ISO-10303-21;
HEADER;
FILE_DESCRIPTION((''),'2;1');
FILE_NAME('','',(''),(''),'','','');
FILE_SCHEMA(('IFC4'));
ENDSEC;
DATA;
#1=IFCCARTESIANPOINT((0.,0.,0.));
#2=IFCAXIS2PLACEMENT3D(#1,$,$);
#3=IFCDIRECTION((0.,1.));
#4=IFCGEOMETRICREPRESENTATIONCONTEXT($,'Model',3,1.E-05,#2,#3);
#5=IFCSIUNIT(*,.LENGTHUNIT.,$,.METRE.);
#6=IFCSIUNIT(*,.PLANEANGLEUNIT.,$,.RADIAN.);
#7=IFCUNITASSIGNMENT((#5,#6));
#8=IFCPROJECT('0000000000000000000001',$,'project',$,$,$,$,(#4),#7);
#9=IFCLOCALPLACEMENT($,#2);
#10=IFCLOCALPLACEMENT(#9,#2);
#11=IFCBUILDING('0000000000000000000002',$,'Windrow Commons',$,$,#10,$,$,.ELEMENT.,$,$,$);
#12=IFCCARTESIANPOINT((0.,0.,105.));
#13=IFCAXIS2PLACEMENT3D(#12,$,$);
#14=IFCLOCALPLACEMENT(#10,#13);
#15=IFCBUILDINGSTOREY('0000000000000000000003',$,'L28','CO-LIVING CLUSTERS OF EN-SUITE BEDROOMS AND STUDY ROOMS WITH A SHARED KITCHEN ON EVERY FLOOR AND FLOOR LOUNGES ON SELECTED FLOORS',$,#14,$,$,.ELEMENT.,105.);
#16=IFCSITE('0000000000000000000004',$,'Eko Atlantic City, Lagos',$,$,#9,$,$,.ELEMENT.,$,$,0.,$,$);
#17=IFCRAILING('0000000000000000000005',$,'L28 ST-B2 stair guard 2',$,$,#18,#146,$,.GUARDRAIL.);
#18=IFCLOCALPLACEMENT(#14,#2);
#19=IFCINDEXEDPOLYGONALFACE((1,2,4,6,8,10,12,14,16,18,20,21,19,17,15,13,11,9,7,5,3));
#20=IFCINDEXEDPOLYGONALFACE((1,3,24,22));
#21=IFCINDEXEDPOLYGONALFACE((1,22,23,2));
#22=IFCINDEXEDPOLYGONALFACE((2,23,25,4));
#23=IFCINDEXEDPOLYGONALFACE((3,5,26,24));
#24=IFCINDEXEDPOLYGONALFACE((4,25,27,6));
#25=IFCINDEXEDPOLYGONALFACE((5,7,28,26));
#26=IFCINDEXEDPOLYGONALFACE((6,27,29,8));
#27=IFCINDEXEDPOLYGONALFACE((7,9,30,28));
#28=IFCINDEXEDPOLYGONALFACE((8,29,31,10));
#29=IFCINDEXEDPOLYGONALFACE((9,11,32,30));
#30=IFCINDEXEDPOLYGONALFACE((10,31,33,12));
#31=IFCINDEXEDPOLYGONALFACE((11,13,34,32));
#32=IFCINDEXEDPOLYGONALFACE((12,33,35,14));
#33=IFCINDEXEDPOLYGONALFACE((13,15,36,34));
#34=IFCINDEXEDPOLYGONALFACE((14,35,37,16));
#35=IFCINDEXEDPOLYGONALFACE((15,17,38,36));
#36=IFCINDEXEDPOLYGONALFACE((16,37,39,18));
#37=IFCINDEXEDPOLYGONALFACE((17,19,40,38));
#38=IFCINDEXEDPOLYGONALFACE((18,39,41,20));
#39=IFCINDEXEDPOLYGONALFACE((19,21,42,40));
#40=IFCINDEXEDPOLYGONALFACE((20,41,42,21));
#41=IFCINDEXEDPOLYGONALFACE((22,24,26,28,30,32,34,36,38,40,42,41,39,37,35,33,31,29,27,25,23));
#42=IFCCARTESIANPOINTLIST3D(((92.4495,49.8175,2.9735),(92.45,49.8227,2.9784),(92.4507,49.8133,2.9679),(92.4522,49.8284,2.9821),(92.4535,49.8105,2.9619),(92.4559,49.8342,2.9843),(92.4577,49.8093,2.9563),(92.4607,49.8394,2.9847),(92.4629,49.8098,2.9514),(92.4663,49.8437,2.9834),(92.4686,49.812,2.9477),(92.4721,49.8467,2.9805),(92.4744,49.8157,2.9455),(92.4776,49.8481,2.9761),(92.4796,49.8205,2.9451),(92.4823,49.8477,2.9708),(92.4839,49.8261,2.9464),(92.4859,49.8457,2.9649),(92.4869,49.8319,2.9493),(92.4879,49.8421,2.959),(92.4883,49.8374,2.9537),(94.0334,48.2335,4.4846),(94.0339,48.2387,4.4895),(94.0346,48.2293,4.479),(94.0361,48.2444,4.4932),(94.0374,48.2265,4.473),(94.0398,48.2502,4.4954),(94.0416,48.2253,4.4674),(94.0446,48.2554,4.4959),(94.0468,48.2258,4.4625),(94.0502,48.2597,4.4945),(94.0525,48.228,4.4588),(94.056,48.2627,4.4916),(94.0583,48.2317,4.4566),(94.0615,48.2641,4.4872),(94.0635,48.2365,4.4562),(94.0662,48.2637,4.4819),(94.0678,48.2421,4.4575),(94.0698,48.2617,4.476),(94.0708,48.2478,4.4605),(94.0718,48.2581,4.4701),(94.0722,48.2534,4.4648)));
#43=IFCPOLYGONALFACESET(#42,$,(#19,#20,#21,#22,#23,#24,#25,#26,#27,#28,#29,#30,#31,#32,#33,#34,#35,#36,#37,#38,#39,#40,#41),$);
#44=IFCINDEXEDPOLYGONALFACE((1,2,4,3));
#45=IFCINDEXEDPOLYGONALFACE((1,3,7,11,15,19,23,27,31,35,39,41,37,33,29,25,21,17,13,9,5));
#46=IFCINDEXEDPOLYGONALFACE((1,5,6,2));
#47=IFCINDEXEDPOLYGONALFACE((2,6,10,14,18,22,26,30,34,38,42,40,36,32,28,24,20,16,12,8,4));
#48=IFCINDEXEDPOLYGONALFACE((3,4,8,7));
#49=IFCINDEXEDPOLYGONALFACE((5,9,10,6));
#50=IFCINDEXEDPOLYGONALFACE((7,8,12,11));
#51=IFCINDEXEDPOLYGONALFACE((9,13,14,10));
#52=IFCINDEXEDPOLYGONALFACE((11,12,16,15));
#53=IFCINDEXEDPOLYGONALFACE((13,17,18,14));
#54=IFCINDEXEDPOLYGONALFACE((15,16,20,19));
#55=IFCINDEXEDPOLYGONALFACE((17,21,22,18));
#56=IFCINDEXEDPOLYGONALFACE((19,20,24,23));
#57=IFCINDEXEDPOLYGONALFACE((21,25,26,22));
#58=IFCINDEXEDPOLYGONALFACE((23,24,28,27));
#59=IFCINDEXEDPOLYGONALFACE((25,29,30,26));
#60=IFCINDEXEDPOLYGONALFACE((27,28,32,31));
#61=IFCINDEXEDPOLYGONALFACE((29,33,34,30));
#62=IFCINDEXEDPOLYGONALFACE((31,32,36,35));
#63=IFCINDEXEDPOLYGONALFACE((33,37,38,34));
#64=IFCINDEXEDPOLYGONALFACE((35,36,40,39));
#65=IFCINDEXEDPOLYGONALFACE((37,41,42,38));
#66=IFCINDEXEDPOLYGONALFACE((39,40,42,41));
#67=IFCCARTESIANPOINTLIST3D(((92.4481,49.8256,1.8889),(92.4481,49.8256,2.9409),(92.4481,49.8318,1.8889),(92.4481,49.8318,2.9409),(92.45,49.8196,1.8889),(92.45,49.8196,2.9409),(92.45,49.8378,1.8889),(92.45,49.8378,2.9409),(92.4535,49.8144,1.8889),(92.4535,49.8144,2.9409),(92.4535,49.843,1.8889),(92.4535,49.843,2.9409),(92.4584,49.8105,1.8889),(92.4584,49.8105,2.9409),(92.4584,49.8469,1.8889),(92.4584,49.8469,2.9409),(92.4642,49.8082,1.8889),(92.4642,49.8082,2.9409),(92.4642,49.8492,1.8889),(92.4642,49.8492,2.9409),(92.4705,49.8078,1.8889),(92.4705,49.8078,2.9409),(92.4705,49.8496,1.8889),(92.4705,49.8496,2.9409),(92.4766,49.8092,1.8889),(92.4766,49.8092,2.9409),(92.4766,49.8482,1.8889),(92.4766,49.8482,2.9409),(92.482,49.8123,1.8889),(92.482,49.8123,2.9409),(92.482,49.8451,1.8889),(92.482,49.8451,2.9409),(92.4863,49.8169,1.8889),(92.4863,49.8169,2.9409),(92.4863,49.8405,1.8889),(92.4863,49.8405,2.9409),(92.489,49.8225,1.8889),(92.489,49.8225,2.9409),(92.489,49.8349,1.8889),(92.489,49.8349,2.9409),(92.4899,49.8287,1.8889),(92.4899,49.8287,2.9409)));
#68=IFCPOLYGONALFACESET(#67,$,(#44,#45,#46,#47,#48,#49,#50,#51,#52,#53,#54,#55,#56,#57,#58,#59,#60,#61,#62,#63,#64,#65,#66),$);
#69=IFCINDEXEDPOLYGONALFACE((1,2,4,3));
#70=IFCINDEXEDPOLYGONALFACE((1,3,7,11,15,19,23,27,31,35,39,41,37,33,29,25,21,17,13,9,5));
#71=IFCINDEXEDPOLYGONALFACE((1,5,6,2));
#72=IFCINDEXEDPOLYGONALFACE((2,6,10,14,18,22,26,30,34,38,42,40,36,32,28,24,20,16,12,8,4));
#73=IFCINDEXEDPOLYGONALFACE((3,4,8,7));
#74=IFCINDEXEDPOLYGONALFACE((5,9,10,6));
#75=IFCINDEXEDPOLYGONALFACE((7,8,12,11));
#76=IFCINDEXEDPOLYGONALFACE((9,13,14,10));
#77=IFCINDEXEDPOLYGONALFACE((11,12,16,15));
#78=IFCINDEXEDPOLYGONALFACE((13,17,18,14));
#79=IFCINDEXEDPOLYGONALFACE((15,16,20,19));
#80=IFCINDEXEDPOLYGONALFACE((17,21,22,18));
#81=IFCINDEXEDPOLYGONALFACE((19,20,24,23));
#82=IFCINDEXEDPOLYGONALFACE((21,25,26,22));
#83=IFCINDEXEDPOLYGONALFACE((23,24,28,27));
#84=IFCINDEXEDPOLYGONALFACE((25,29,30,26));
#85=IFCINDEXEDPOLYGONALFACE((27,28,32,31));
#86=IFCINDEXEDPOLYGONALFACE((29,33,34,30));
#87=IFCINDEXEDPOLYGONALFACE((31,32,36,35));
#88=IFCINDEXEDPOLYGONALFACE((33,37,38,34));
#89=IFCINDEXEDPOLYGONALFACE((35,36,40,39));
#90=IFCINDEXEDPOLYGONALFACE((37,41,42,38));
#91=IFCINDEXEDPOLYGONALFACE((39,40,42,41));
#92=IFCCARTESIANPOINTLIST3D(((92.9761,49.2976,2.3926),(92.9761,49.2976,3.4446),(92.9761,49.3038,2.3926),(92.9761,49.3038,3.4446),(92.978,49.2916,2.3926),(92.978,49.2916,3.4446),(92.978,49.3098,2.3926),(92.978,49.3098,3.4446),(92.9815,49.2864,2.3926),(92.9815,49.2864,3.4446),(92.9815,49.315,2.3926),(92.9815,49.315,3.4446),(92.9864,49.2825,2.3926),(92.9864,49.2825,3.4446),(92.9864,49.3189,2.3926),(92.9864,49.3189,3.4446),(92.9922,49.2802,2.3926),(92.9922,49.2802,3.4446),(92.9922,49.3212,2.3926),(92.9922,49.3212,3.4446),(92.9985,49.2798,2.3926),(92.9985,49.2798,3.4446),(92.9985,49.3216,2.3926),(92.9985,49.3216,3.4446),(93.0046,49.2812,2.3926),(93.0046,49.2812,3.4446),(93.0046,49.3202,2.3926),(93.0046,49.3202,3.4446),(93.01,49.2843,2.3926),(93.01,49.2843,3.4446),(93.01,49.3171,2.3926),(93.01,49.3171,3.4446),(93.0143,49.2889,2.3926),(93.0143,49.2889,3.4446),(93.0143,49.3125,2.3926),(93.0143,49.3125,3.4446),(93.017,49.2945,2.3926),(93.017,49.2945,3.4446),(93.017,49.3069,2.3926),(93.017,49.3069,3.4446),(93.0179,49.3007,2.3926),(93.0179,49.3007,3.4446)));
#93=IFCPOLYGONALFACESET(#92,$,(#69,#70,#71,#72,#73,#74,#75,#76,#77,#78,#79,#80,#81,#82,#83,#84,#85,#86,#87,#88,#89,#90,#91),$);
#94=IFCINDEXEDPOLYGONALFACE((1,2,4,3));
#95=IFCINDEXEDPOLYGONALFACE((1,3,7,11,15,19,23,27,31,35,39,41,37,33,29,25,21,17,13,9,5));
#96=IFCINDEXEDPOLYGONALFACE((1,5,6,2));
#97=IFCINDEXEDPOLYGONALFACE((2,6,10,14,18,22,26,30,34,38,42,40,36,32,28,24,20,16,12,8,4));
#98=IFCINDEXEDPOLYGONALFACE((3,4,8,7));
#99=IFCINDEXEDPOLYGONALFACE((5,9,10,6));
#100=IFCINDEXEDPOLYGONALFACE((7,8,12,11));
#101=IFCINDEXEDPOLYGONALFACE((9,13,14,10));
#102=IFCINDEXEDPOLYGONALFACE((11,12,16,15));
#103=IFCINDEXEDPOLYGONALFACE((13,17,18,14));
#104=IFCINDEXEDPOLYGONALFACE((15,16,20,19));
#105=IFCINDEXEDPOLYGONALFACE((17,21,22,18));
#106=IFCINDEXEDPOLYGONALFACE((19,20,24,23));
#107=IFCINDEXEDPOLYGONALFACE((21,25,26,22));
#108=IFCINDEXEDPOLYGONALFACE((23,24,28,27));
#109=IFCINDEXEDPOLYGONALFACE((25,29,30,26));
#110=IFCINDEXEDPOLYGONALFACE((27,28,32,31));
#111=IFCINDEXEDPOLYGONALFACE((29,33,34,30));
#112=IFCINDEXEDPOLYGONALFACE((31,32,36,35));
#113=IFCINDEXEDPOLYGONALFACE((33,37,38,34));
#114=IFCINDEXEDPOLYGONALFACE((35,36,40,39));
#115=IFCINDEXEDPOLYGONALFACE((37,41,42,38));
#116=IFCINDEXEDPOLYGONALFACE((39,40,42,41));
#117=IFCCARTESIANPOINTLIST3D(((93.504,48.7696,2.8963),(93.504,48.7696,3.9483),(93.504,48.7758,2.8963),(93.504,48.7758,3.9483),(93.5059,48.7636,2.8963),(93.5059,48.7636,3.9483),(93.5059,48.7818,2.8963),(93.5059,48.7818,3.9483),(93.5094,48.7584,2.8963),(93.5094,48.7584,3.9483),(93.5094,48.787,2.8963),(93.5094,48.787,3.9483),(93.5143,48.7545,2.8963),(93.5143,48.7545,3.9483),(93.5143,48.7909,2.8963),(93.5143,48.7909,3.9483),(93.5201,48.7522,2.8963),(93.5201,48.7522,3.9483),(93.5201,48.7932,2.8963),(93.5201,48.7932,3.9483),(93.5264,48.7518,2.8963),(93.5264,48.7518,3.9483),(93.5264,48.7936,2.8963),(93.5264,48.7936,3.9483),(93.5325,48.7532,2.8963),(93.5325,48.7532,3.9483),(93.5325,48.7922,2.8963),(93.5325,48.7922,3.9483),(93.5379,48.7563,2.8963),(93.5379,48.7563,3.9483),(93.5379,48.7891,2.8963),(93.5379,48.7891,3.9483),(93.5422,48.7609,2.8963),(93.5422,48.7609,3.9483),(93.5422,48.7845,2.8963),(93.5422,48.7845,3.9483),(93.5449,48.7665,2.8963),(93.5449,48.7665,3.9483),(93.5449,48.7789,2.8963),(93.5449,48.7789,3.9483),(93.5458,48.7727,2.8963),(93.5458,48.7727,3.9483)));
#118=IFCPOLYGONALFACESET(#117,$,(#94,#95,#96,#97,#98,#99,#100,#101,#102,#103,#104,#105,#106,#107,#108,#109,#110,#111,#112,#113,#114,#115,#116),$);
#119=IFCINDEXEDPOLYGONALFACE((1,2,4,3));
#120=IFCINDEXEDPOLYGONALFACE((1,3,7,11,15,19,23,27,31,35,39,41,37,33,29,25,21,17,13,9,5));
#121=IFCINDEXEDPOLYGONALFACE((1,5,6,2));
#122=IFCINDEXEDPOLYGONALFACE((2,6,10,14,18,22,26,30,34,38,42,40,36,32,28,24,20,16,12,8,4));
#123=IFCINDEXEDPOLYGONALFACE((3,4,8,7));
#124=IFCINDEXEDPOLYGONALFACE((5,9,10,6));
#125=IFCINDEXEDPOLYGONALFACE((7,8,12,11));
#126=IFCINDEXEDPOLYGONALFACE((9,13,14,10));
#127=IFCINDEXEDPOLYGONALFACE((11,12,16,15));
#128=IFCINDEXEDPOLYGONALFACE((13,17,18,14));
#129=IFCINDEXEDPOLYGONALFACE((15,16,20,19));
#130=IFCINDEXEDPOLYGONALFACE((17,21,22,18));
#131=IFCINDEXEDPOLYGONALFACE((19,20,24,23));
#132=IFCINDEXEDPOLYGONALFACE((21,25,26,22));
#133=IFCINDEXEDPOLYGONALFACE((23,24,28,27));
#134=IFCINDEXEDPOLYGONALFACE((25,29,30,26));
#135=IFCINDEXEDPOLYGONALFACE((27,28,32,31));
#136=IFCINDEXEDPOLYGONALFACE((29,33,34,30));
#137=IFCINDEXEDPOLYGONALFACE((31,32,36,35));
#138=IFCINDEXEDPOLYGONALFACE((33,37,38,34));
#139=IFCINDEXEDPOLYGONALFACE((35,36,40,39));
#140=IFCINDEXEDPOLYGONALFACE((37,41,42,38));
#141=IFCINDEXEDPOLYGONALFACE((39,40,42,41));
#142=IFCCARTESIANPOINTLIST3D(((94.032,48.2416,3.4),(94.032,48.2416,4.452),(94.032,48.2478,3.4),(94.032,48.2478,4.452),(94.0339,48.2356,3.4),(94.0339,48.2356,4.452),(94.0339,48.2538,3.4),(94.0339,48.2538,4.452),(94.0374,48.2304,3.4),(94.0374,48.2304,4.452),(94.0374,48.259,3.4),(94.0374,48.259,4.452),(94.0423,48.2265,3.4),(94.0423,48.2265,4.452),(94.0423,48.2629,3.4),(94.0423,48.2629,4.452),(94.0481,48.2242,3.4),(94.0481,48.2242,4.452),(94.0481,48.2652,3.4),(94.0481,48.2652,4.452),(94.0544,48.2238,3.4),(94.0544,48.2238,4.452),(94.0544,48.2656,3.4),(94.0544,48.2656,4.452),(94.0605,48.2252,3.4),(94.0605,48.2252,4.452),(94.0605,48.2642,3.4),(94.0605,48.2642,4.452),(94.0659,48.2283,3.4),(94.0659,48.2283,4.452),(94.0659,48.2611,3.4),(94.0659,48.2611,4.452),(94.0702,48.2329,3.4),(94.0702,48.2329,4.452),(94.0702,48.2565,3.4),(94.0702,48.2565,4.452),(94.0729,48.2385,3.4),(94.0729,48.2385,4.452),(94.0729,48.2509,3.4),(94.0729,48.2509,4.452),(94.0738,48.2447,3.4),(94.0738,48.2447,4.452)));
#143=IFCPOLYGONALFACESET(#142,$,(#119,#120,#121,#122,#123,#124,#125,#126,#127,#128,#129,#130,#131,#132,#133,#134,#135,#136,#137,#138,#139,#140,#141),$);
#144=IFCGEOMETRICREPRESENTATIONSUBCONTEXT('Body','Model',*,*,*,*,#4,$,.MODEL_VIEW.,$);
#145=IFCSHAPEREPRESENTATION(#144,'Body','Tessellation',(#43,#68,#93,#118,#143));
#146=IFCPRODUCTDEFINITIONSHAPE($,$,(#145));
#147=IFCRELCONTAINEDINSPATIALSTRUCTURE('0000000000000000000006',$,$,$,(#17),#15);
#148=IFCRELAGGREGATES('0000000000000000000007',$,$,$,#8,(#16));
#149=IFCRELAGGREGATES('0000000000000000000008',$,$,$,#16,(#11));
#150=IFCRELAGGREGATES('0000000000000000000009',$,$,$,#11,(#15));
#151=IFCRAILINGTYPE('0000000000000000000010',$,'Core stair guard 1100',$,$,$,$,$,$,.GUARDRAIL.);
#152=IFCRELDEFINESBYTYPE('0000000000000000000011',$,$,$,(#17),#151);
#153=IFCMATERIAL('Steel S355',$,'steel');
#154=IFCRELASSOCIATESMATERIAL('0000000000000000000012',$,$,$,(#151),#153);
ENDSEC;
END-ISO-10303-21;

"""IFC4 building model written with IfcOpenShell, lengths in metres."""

from ifc_helpers import new_model, si_unit, direction, frame, origin, origin_2d, place, context, subcontext, project, spatial, circle, extrude, material, type_object, element, save


model = new_model("IFC4")

# Units and contexts
model_context = context("Model", 3, precision=1e-05, world=origin(), true_north=direction((0.0, 1.0)))
body_context = subcontext(model_context, "Body", "Model", "MODEL_VIEW")
ifc_project = project(units=[si_unit("LENGTHUNIT", "METRE"), si_unit("PLANEANGLEUNIT", "RADIAN")], contexts=[model_context])

# Site, building, storey
site_placement = place(None, origin())
site = spatial("IfcSite", under=ifc_project, at=site_placement, Name="Eko Atlantic City, Lagos", CompositionType="ELEMENT", RefElevation=0.0)
building_placement = place(site_placement, origin())
building = spatial("IfcBuilding", under=site, at=building_placement, Name="Windrow Commons", CompositionType="ELEMENT")
storey_placement = place(building_placement, frame((0.0, 0.0, 105.0)))
storey = spatial("IfcBuildingStorey", under=building, at=storey_placement, Name="L28", Description="CO-LIVING CLUSTERS OF EN-SUITE BEDROOMS AND STUDY ROOMS WITH A SHARED KITCHEN ON EVERY FLOOR AND FLOOR LOUNGES ON SELECTED FLOORS", CompositionType="ELEMENT", Elevation=105.0)

# Railing
ifc_material_1 = material(Name="Steel S355", Category="steel")
railing_type_1 = type_object("IfcRailingType", Name="Core stair guard 1100", PredefinedType="GUARDRAIL", material=ifc_material_1)
railing_1_placement = place(storey_placement, frame((92.4689, 49.8287, 1.8889)))
element("IfcRailing", 1, at=railing_1_placement, inside=storey, type_object=railing_type_1, Name="L28 ST-B2 stair guard 2", PredefinedType="GUARDRAIL", context=body_context, shape_type="SweptSolid", body=[
    extrude(circle(Radius=0.024, at=origin_2d()), frame((0.0, 0.0, 1.076), z_axis=(0.586179, -0.586216, 0.559237), x_axis=(0.707129, 0.707084, 0.0)), (0.0, 0.0, 1.0), 2.7021),
    extrude(circle(Radius=0.021, at=origin_2d()), origin(), (0.0, 0.0, 1.0), 1.052),
    extrude(circle(Radius=0.021, at=origin_2d()), frame((0.528, -0.528, 0.5037)), (0.0, 0.0, 1.0), 1.052),
    extrude(circle(Radius=0.021, at=origin_2d()), frame((1.0559, -1.056, 1.0074)), (0.0, 0.0, 1.0), 1.052),
    extrude(circle(Radius=0.021, at=origin_2d()), frame((1.5839, -1.584, 1.5111)), (0.0, 0.0, 1.0), 1.052),
])

save(model, "model.ifc")
